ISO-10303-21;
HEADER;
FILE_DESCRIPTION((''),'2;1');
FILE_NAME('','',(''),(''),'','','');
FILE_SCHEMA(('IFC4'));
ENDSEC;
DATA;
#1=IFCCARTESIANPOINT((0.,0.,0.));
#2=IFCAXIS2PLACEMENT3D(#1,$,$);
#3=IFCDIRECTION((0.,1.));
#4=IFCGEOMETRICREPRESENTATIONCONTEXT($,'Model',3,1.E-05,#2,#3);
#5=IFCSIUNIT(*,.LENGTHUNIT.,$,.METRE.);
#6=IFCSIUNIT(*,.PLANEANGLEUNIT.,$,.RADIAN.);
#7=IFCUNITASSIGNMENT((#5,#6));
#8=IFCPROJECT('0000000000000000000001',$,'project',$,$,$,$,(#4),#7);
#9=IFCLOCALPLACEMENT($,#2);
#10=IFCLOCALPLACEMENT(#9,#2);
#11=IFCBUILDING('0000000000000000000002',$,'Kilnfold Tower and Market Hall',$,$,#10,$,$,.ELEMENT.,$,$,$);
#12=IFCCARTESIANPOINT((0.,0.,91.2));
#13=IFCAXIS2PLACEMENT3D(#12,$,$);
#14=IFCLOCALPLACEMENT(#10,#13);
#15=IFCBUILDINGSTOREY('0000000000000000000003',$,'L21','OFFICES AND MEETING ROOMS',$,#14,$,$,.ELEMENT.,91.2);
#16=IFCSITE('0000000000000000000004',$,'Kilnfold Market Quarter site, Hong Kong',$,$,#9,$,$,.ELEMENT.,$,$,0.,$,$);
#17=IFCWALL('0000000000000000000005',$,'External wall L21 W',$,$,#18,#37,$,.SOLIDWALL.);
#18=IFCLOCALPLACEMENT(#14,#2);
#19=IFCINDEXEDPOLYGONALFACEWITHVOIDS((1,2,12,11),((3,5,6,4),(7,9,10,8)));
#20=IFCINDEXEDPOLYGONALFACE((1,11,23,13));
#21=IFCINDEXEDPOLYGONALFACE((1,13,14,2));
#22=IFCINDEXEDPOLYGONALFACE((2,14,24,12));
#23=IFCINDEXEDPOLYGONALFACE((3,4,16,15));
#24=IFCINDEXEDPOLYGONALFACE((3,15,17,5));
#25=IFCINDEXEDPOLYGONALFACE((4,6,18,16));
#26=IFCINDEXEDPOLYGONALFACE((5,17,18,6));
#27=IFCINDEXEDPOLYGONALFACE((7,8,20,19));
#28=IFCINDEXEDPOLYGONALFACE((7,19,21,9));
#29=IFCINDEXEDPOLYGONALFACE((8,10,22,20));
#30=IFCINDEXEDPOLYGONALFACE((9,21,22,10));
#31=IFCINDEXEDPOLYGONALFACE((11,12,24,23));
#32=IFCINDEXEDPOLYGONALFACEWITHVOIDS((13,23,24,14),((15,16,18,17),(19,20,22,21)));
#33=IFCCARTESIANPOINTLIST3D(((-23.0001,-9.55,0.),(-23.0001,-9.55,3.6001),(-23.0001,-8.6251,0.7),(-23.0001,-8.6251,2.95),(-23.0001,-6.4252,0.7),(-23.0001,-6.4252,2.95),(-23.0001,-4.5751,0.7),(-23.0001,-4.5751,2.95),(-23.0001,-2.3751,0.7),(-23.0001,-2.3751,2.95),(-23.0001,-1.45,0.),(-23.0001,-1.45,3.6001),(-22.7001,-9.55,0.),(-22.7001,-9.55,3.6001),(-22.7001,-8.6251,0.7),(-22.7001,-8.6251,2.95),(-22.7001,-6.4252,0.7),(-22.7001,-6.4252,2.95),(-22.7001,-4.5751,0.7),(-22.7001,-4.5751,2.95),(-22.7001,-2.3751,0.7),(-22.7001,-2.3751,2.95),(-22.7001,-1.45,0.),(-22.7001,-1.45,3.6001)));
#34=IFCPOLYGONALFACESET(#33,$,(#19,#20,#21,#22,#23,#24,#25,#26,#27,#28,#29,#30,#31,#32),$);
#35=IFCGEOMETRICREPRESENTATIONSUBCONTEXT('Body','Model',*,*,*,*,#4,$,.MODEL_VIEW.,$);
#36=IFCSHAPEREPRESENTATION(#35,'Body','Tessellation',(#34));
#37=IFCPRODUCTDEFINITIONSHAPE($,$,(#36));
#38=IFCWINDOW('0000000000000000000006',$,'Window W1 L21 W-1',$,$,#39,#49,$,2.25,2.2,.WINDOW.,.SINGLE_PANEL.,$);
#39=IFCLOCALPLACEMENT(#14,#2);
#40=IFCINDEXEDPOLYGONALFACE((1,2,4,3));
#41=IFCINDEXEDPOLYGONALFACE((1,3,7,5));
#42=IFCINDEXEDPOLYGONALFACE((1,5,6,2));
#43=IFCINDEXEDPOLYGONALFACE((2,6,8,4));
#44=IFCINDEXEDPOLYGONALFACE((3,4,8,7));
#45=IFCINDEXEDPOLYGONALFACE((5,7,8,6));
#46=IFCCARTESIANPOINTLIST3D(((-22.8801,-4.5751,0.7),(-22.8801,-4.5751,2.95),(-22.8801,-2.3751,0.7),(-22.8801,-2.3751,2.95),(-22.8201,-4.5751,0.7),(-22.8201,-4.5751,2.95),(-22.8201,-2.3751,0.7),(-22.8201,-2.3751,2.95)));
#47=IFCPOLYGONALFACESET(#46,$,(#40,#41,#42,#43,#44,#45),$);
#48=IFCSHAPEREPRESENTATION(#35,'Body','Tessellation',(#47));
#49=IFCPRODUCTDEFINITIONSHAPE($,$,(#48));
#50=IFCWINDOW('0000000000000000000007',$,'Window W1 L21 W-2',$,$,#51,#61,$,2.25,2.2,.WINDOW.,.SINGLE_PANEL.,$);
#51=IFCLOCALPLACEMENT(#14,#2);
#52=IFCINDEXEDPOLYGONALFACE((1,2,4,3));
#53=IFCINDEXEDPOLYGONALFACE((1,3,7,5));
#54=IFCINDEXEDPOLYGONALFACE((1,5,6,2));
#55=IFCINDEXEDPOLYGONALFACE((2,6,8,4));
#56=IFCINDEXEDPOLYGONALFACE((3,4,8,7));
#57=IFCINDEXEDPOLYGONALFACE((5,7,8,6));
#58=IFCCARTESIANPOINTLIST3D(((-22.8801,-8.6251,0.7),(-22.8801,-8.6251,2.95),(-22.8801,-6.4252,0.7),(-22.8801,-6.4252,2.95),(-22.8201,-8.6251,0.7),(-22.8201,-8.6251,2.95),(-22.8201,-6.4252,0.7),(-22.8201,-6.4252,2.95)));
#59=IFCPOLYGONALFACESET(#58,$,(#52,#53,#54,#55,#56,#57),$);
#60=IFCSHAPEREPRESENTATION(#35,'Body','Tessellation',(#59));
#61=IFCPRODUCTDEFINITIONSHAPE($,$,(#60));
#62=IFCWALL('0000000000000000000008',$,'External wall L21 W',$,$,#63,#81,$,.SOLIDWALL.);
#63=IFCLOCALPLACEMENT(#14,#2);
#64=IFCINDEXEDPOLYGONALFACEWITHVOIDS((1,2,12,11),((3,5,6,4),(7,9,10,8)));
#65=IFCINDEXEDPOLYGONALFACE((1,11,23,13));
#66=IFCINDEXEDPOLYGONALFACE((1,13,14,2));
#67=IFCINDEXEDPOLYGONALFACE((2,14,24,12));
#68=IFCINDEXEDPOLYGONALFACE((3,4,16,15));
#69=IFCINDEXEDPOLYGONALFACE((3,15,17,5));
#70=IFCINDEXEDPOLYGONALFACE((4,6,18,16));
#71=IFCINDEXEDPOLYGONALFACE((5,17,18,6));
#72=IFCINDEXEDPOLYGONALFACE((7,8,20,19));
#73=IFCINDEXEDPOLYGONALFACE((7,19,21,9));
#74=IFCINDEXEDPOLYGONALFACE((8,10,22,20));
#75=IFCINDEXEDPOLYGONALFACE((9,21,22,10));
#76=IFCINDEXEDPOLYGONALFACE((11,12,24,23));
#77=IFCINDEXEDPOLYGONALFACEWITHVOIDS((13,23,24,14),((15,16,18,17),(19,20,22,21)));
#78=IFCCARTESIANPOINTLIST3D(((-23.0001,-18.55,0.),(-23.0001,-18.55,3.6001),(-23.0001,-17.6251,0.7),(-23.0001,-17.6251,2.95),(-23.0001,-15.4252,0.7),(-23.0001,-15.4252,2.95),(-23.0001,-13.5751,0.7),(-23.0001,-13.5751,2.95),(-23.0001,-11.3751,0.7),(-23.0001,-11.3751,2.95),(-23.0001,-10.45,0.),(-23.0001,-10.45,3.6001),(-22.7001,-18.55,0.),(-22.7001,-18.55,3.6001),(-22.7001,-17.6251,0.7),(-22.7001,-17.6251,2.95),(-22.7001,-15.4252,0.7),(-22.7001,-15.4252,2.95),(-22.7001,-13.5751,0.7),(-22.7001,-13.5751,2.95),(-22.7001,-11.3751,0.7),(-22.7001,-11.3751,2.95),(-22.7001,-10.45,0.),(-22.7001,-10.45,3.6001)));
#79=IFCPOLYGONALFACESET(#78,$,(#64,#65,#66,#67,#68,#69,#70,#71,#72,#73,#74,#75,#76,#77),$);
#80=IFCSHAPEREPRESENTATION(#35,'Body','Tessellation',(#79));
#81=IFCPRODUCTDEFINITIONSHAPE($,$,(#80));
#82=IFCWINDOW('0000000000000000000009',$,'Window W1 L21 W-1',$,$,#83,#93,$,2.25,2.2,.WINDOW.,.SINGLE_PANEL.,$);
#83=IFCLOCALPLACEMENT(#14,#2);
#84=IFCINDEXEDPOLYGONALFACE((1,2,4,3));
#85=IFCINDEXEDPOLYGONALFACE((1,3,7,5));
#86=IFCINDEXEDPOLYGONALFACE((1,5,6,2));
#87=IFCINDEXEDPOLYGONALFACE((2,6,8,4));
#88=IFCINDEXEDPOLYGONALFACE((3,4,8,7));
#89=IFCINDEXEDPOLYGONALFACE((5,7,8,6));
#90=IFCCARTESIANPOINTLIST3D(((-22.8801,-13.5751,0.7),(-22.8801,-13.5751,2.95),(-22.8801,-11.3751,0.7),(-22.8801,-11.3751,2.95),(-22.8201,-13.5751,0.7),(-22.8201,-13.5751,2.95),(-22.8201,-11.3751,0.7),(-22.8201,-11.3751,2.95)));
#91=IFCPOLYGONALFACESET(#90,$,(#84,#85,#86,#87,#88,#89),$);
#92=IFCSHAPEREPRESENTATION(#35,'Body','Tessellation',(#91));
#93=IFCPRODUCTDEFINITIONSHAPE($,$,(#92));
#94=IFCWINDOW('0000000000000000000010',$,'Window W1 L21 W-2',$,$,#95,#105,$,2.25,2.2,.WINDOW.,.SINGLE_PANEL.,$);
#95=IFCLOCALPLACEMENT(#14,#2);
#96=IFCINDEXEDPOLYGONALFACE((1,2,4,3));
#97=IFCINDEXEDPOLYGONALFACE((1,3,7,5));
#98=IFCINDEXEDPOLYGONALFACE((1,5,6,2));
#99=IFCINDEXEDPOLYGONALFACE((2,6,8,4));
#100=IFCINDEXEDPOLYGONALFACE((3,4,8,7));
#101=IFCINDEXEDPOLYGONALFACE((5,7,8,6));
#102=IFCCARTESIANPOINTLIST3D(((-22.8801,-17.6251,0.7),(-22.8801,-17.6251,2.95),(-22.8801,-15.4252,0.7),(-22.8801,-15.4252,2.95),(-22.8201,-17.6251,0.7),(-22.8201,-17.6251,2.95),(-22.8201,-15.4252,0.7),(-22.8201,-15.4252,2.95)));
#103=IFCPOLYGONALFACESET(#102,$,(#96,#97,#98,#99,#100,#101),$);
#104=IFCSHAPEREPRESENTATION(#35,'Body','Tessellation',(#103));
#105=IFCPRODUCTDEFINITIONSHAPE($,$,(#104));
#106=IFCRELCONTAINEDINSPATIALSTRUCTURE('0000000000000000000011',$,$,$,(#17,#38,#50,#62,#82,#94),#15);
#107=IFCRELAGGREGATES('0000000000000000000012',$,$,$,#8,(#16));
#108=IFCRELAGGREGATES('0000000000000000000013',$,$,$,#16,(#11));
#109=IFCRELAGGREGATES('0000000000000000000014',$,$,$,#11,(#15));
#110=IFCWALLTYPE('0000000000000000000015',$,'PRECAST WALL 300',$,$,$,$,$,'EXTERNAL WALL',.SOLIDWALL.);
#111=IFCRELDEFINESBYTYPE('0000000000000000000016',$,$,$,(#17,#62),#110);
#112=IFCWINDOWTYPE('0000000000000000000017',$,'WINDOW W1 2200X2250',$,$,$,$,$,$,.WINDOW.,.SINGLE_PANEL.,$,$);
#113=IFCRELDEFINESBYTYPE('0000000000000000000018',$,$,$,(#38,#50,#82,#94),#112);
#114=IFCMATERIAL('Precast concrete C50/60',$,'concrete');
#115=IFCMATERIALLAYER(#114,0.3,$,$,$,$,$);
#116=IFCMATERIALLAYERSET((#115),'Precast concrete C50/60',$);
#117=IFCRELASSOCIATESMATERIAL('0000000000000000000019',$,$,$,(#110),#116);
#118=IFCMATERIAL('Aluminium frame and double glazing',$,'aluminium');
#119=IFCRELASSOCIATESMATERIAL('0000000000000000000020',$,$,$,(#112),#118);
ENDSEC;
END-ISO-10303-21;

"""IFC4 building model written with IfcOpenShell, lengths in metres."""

from ifc_helpers import new_model, si_unit, direction, frame, frame_2d, origin, place, context, subcontext, project, spatial, rectangle, extrude, source, transform, mapped, material, layer, layer_set, type_object, element, fill, save


model = new_model("IFC4")

# Units and contexts
model_context = context("Model", 3, precision=1e-05, world=origin(), true_north=direction((0.0, 1.0)))
body_context = subcontext(model_context, "Body", "Model", "MODEL_VIEW")
ifc_project = project(units=[si_unit("LENGTHUNIT", "METRE"), si_unit("PLANEANGLEUNIT", "RADIAN")], contexts=[model_context])

# Site, building, storey
site_placement = place(None, origin())
site = spatial("IfcSite", under=ifc_project, at=site_placement, Name="Kilnfold Market Quarter site, Hong Kong", CompositionType="ELEMENT", RefElevation=0.0)
building_placement = place(site_placement, origin())
building = spatial("IfcBuilding", under=site, at=building_placement, Name="Kilnfold Tower and Market Hall", CompositionType="ELEMENT")
storey_placement = place(building_placement, frame((0.0, 0.0, 91.2)))
storey = spatial("IfcBuildingStorey", under=building, at=storey_placement, Name="L21", Description="OFFICES AND MEETING ROOMS", CompositionType="ELEMENT", Elevation=91.2)

# Walls, openings, windows
ifc_material_1 = material(Name="Precast concrete C50/60", Category="concrete")
ifc_layer_1 = layer(ifc_material_1, 0.3)
ifc_layer_set_1 = layer_set([ifc_layer_1], Name="Precast concrete C50/60")
wall_type_1 = type_object("IfcWallType", Name="PRECAST WALL 300", ElementType="EXTERNAL WALL", PredefinedType="SOLIDWALL", material=ifc_layer_set_1)
shared_shape_1 = source(origin(), body_context, "Body", "SweptSolid", [
    extrude(rectangle(XDim=8.1001, YDim=0.3, at=frame_2d((4.05, 0.0))), origin(), (0.0, 0.0, 1.0), 3.6001),
])
wall_1_placement = place(storey_placement, frame((-22.8501, -1.45, 0.0), z_axis=(0.0, 0.0, 1.0), x_axis=(0.0, -1.0, 0.0)))
wall_1 = element("IfcWall", 1, at=wall_1_placement, inside=storey, type_object=wall_type_1, Name="External wall L21 W", PredefinedType="SOLIDWALL", context=body_context, shape_type="MappedRepresentation", body=[
    mapped(shared_shape_1, transform((0.0, 0.0, 0.0))),
])
opening_1_placement = place(wall_1_placement, frame((0.925, 0.0, 0.7)))
opening_1 = element("IfcOpeningElement", 2, at=opening_1_placement, cuts=wall_1, PredefinedType="OPENING", context=body_context, shape_type="SweptSolid", body=[
    extrude(rectangle(XDim=2.2, YDim=2.25, at=frame_2d((1.1001, 1.125))), frame((0.0, 0.1602, 0.0), z_axis=(0.0, -1.0, 0.0), x_axis=(1.0, 0.0, 0.0)), (0.0, 0.0, 1.0), 0.3201),
])
opening_2_placement = place(wall_1_placement, frame((4.9751, 0.0, 0.7)))
opening_2 = element("IfcOpeningElement", 3, at=opening_2_placement, cuts=wall_1, PredefinedType="OPENING", context=body_context, shape_type="SweptSolid", body=[
    extrude(rectangle(XDim=2.2, YDim=2.25, at=frame_2d((1.1001, 1.125))), frame((0.0, 0.1602, 0.0), z_axis=(0.0, -1.0, 0.0), x_axis=(1.0, 0.0, 0.0)), (0.0, 0.0, 1.0), 0.3201),
])
ifc_material_2 = material(Name="Aluminium frame and double glazing", Category="aluminium")
window_type = type_object("IfcWindowType", Name="WINDOW W1 2200X2250", PartitioningType="SINGLE_PANEL", PredefinedType="WINDOW", material=ifc_material_2)
window_1_placement = place(opening_1_placement, origin())
window_1 = element("IfcWindow", 4, at=window_1_placement, inside=storey, type_object=window_type, Name="Window W1 L21 W-1", OverallHeight=2.25, OverallWidth=2.2, PartitioningType="SINGLE_PANEL", PredefinedType="WINDOW", context=body_context, shape_type="SweptSolid", body=[
    extrude(rectangle(XDim=2.2, YDim=2.25, at=frame_2d((1.1001, 1.125))), frame((0.0, 0.03, 0.0), z_axis=(0.0, -1.0, 0.0), x_axis=(1.0, 0.0, 0.0)), (0.0, 0.0, 1.0), 0.0601),
])
fill(opening_1, window_1)
window_2_placement = place(opening_2_placement, origin())
window_2 = element("IfcWindow", 5, at=window_2_placement, inside=storey, type_object=window_type, Name="Window W1 L21 W-2", OverallHeight=2.25, OverallWidth=2.2, PartitioningType="SINGLE_PANEL", PredefinedType="WINDOW", context=body_context, shape_type="SweptSolid", body=[
    extrude(rectangle(XDim=2.2, YDim=2.25, at=frame_2d((1.1001, 1.125))), frame((0.0, 0.03, 0.0), z_axis=(0.0, -1.0, 0.0), x_axis=(1.0, 0.0, 0.0)), (0.0, 0.0, 1.0), 0.0601),
])
fill(opening_2, window_2)
wall_2_placement = place(storey_placement, frame((-22.8501, -10.45, 0.0), z_axis=(0.0, 0.0, 1.0), x_axis=(0.0, -1.0, 0.0)))
wall_2 = element("IfcWall", 6, at=wall_2_placement, inside=storey, type_object=wall_type_1, Name="External wall L21 W", PredefinedType="SOLIDWALL", context=body_context, shape_type="MappedRepresentation", body=[
    mapped(shared_shape_1, transform((0.0, 0.0, 0.0))),
])
opening_3_placement = place(wall_2_placement, frame((0.925, 0.0, 0.7)))
opening_3 = element("IfcOpeningElement", 7, at=opening_3_placement, cuts=wall_2, PredefinedType="OPENING", context=body_context, shape_type="SweptSolid", body=[
    extrude(rectangle(XDim=2.2, YDim=2.25, at=frame_2d((1.1001, 1.125))), frame((0.0, 0.1602, 0.0), z_axis=(0.0, -1.0, 0.0), x_axis=(1.0, 0.0, 0.0)), (0.0, 0.0, 1.0), 0.3201),
])
opening_4_placement = place(wall_2_placement, frame((4.9751, 0.0, 0.7)))
opening_4 = element("IfcOpeningElement", 8, at=opening_4_placement, cuts=wall_2, PredefinedType="OPENING", context=body_context, shape_type="SweptSolid", body=[
    extrude(rectangle(XDim=2.2, YDim=2.25, at=frame_2d((1.1001, 1.125))), frame((0.0, 0.1602, 0.0), z_axis=(0.0, -1.0, 0.0), x_axis=(1.0, 0.0, 0.0)), (0.0, 0.0, 1.0), 0.3201),
])
window_3_placement = place(opening_3_placement, origin())
window_3 = element("IfcWindow", 9, at=window_3_placement, inside=storey, type_object=window_type, Name="Window W1 L21 W-1", OverallHeight=2.25, OverallWidth=2.2, PartitioningType="SINGLE_PANEL", PredefinedType="WINDOW", context=body_context, shape_type="SweptSolid", body=[
    extrude(rectangle(XDim=2.2, YDim=2.25, at=frame_2d((1.1001, 1.125))), frame((0.0, 0.03, 0.0), z_axis=(0.0, -1.0, 0.0), x_axis=(1.0, 0.0, 0.0)), (0.0, 0.0, 1.0), 0.0601),
])
fill(opening_3, window_3)
window_4_placement = place(opening_4_placement, origin())
window_4 = element("IfcWindow", 10, at=window_4_placement, inside=storey, type_object=window_type, Name="Window W1 L21 W-2", OverallHeight=2.25, OverallWidth=2.2, PartitioningType="SINGLE_PANEL", PredefinedType="WINDOW", context=body_context, shape_type="SweptSolid", body=[
    extrude(rectangle(XDim=2.2, YDim=2.25, at=frame_2d((1.1001, 1.125))), frame((0.0, 0.03, 0.0), z_axis=(0.0, -1.0, 0.0), x_axis=(1.0, 0.0, 0.0)), (0.0, 0.0, 1.0), 0.0601),
])
fill(opening_4, window_4)

save(model, "model.ifc")
